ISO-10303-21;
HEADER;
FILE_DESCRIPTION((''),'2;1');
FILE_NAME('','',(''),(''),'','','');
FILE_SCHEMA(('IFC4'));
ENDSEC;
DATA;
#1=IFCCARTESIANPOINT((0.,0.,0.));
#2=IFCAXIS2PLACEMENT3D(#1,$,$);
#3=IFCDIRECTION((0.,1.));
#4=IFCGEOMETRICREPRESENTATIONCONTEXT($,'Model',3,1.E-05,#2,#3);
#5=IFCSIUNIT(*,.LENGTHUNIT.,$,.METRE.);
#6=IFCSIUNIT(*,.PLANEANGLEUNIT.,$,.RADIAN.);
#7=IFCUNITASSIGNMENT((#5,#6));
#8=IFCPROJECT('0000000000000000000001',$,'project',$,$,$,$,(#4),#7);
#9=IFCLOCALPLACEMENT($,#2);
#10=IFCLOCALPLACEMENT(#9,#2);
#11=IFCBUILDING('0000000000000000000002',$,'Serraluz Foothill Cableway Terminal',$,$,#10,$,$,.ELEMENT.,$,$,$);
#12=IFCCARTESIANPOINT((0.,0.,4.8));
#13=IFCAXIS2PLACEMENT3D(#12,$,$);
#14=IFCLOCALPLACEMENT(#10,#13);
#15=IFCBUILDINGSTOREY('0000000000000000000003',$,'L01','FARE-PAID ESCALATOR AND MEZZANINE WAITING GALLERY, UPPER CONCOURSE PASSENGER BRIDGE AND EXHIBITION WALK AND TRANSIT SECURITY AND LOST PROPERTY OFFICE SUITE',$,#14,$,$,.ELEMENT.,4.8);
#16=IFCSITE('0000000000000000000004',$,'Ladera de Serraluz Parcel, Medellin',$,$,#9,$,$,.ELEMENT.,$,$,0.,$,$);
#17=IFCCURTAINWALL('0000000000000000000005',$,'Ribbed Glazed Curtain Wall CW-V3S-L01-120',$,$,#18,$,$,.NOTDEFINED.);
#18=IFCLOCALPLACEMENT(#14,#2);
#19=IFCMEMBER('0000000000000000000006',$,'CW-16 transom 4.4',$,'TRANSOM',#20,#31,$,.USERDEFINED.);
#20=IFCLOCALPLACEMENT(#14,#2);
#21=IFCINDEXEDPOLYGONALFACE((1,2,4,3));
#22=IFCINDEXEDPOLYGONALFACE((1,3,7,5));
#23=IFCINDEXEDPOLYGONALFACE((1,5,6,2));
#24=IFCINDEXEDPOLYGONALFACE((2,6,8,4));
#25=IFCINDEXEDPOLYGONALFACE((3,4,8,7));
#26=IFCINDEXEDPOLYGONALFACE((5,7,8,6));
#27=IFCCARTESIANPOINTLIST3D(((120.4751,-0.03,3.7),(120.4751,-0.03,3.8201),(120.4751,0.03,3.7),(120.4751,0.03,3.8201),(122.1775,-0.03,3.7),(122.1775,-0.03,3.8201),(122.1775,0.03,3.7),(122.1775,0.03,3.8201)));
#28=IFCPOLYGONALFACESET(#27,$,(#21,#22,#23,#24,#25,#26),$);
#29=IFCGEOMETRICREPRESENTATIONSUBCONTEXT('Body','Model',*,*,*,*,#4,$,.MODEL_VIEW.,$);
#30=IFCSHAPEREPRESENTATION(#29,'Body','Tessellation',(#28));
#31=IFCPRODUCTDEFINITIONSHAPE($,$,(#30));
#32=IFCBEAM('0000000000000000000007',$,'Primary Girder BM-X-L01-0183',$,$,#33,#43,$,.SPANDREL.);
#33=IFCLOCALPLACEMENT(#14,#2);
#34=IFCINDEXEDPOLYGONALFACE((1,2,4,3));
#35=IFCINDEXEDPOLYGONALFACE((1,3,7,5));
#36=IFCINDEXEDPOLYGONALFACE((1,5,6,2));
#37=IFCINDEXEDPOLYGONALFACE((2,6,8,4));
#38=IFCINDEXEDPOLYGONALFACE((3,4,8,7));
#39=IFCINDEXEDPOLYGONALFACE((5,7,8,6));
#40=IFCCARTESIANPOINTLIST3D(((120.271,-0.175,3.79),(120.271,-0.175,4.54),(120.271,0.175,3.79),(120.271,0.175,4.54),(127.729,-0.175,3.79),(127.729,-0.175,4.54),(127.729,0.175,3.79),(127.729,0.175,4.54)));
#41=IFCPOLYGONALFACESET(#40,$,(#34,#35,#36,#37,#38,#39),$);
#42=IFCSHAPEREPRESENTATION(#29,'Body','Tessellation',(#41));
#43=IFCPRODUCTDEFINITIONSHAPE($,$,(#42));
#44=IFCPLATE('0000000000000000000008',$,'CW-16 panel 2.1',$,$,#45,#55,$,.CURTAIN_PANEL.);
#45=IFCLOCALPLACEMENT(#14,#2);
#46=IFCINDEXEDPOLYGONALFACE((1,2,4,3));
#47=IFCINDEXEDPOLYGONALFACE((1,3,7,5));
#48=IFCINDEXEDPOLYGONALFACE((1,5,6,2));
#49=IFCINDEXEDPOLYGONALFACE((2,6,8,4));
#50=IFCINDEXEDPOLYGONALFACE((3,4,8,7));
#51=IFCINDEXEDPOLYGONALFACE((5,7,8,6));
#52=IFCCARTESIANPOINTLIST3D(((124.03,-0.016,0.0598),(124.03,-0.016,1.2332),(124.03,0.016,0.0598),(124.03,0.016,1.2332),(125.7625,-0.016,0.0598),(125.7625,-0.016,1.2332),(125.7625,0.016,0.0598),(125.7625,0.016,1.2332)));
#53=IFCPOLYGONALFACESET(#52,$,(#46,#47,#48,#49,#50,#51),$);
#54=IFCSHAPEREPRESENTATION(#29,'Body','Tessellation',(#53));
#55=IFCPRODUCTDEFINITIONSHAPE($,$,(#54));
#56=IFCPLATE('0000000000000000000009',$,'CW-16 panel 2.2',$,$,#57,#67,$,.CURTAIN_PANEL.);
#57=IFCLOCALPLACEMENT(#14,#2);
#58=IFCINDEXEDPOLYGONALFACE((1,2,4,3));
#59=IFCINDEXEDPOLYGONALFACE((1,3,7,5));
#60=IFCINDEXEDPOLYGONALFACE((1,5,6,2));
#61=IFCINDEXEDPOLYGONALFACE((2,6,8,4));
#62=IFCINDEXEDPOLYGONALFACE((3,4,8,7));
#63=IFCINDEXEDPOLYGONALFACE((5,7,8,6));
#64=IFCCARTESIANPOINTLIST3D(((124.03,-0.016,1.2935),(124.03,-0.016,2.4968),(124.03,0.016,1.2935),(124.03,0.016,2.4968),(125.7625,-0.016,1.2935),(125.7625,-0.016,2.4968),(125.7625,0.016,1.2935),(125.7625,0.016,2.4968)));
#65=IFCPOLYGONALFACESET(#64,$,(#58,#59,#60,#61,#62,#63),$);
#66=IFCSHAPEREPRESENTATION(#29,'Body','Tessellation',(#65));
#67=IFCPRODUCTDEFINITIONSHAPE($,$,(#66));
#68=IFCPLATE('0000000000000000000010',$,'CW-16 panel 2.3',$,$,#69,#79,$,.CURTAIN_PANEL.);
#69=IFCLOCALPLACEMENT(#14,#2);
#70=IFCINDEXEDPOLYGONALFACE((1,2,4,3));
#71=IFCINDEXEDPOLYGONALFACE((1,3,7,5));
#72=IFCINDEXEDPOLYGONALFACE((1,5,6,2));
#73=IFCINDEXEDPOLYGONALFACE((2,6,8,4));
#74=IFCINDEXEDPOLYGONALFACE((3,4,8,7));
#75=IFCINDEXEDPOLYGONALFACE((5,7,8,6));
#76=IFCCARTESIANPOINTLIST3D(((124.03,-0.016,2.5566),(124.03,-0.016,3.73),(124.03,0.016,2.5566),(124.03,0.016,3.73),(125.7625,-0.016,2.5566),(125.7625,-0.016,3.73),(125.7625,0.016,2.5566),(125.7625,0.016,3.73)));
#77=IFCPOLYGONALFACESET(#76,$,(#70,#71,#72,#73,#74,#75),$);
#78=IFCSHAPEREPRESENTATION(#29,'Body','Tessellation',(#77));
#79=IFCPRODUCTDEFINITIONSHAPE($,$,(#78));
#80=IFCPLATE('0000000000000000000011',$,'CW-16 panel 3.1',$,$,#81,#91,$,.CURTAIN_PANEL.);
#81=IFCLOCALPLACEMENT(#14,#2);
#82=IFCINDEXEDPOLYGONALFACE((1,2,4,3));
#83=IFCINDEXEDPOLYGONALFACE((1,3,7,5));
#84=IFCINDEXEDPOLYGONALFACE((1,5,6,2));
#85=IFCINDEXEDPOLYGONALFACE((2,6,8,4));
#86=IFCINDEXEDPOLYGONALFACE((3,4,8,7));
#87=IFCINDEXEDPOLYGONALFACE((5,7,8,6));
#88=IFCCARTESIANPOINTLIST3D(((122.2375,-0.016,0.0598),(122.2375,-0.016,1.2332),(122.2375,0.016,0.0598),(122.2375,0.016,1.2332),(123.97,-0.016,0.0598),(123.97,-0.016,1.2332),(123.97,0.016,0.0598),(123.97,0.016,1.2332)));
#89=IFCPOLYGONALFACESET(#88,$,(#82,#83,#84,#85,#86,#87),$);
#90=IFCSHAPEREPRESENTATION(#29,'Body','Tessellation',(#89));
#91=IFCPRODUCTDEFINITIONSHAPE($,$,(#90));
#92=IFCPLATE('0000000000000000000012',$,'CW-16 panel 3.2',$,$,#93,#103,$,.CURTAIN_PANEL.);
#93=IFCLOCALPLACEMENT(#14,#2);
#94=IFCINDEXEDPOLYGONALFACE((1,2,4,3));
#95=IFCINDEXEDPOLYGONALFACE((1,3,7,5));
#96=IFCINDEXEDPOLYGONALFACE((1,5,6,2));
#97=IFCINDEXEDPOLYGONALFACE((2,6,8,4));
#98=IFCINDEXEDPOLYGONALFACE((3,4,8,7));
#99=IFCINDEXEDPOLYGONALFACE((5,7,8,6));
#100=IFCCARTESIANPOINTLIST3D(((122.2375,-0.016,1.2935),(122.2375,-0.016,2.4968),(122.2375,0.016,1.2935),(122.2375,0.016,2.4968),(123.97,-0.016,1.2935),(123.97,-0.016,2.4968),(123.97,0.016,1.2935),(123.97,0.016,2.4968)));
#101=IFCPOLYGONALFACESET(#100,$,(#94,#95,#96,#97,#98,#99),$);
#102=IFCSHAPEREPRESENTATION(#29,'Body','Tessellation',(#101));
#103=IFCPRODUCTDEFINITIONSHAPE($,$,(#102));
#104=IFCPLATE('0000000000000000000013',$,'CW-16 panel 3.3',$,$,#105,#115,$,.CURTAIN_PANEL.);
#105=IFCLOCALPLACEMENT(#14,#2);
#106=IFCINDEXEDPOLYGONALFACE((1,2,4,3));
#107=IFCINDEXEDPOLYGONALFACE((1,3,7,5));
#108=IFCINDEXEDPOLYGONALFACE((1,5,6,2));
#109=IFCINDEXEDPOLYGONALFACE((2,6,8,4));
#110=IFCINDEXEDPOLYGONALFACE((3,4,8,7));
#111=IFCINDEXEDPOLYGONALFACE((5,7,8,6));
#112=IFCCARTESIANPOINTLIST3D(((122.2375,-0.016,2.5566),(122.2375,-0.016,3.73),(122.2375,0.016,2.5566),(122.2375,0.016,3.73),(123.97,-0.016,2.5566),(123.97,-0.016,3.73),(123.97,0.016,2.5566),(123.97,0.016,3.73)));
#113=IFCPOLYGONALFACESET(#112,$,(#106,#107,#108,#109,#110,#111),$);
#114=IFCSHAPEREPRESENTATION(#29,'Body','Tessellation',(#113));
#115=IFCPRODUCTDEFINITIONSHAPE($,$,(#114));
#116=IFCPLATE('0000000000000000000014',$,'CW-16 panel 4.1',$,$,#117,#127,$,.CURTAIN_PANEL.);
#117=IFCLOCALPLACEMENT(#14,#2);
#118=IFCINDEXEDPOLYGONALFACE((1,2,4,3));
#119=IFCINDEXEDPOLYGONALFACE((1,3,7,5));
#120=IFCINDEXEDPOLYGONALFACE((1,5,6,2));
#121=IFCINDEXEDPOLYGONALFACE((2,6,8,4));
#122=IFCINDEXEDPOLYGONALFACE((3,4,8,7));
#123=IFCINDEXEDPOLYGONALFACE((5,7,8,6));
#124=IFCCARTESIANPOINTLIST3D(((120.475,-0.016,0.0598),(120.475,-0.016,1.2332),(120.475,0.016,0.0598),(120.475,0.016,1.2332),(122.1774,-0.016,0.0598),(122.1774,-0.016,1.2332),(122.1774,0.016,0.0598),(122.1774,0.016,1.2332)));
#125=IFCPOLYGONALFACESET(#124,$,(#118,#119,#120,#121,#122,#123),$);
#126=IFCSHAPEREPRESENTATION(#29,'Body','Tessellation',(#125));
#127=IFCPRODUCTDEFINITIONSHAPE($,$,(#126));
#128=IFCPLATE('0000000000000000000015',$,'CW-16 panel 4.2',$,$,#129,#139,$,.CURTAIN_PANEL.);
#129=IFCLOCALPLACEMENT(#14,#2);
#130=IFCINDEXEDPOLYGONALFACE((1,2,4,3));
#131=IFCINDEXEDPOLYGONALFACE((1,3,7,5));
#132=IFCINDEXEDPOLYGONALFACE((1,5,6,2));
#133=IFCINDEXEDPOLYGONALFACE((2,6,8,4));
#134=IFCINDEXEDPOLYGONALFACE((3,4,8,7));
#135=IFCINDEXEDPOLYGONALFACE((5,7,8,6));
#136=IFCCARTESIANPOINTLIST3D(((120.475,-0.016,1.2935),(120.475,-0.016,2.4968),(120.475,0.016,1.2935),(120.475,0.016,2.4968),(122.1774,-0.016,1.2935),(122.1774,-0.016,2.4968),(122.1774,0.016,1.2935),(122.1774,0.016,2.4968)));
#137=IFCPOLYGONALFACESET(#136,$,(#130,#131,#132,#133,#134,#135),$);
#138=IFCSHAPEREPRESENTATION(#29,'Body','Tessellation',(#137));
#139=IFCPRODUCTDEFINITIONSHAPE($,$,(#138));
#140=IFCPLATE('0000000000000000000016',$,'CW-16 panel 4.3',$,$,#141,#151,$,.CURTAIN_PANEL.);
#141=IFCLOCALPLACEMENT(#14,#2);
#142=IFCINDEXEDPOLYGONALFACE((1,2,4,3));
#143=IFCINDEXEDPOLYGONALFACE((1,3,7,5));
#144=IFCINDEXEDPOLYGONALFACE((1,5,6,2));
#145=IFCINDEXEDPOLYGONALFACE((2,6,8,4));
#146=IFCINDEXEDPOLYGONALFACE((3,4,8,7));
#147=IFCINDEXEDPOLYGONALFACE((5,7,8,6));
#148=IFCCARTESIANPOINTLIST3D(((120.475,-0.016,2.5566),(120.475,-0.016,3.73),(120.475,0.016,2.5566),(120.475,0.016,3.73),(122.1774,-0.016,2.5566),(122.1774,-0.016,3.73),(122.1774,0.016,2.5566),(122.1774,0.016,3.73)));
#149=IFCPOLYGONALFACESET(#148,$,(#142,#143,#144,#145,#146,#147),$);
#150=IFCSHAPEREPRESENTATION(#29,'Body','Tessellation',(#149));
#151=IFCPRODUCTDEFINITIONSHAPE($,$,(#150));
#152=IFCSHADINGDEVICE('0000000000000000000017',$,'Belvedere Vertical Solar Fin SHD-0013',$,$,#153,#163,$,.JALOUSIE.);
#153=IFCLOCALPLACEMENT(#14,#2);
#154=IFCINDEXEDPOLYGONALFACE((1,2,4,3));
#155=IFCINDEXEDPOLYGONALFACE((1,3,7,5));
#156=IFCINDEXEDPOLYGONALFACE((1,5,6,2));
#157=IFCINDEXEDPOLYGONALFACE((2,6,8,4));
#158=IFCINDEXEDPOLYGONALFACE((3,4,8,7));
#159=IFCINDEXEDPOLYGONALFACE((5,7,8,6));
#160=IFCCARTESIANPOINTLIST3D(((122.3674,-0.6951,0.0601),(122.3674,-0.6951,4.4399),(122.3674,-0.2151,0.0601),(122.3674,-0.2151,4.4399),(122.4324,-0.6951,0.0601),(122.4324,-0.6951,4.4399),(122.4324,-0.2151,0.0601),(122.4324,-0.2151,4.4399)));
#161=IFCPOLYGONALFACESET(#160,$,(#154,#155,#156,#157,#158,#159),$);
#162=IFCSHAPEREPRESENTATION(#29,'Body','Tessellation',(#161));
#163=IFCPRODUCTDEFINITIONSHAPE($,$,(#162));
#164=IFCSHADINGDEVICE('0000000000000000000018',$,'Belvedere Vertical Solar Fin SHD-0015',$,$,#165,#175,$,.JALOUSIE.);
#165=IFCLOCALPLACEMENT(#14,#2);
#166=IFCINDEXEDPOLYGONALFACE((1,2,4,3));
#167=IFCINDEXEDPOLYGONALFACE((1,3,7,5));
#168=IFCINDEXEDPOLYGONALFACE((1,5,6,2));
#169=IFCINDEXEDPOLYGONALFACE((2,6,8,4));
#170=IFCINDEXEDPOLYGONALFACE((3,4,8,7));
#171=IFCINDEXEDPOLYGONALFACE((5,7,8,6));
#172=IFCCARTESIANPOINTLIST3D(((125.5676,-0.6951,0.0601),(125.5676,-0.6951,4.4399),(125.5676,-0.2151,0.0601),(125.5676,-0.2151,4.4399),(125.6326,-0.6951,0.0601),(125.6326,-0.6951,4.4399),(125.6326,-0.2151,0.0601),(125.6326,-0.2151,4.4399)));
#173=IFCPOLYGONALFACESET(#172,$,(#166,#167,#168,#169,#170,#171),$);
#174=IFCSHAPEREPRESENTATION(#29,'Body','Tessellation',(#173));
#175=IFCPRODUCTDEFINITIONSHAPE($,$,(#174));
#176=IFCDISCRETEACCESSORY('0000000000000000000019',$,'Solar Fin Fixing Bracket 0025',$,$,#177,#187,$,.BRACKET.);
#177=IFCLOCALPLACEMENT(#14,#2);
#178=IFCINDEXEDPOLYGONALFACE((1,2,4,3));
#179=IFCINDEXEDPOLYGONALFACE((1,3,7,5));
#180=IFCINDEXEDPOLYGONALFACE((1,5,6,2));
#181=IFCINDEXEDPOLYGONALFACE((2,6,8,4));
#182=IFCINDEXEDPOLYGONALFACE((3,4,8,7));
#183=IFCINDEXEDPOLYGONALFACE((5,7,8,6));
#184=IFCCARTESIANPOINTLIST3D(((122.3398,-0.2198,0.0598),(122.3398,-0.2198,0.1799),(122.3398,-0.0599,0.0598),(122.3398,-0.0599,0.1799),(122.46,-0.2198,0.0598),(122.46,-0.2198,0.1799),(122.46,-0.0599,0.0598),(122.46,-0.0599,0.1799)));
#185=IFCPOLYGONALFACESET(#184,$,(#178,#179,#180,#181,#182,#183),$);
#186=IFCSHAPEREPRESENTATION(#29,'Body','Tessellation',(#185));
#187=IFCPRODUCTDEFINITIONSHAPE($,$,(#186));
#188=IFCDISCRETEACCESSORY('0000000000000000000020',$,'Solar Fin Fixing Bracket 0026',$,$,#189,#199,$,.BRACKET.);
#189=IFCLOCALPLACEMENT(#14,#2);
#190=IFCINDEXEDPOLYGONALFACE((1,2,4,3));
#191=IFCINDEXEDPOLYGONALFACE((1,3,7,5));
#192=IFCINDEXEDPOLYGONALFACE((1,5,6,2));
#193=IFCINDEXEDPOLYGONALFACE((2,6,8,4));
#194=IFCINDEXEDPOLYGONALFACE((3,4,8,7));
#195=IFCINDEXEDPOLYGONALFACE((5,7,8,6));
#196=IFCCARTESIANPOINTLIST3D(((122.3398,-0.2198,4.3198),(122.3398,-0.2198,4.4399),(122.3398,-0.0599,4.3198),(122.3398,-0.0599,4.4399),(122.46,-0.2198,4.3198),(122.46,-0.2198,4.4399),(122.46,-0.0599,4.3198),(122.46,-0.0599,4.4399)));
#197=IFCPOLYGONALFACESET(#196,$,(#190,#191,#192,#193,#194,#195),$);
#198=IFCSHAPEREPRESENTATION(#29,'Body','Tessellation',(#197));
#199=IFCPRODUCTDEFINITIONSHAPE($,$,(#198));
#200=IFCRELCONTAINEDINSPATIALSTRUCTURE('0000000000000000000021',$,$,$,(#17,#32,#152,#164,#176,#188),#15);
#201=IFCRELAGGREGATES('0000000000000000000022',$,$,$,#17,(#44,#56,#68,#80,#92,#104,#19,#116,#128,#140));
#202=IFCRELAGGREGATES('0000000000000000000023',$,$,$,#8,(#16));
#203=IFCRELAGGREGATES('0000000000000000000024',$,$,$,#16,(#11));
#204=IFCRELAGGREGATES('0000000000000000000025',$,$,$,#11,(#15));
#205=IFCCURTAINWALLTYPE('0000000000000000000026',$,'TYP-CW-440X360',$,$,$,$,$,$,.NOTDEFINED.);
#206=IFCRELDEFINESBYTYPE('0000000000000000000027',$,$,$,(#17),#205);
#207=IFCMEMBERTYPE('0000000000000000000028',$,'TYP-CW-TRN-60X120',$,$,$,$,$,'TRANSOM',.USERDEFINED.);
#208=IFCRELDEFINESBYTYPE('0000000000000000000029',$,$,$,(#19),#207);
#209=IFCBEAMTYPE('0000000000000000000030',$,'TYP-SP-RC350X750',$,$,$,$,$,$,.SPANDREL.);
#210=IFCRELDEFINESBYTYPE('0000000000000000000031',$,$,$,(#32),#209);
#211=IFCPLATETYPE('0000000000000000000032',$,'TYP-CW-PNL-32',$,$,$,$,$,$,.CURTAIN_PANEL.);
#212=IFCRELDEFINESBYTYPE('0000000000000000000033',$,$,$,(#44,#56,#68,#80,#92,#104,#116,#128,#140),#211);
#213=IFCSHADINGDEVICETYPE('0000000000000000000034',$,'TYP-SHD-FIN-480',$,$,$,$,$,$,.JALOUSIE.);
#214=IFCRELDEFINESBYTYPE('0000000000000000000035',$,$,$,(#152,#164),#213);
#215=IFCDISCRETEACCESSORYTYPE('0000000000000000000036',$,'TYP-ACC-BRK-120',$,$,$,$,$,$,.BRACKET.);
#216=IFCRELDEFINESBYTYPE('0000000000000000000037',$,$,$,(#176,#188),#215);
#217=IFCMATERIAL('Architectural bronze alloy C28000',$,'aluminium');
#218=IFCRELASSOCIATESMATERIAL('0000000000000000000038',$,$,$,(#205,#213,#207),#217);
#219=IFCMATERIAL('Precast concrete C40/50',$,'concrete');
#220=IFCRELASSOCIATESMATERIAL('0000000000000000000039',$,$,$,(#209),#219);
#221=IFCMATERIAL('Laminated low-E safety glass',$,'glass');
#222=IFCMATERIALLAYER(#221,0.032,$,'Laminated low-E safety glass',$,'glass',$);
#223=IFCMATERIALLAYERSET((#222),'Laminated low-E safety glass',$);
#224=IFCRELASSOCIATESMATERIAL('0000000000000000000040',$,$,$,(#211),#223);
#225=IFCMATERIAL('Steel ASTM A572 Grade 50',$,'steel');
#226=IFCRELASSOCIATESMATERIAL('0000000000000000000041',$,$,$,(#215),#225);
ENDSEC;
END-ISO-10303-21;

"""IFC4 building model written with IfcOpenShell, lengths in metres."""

from ifc_helpers import new_model, si_unit, direction, frame, origin, origin_2d, place, context, subcontext, project, spatial, rectangle, extrude, material, layer, layer_set, material_profile, profile_set, type_object, element, aggregate, save


model = new_model("IFC4")

# Units and contexts
model_context = context("Model", 3, precision=1e-05, world=origin(), true_north=direction((0.0, 1.0)))
body_context = subcontext(model_context, "Body", "Model", "MODEL_VIEW")
ifc_project = project(units=[si_unit("LENGTHUNIT", "METRE"), si_unit("PLANEANGLEUNIT", "RADIAN")], contexts=[model_context])

# Site, building, storey
site_placement = place(None, origin())
site = spatial("IfcSite", under=ifc_project, at=site_placement, Name="Ladera de Serraluz Parcel, Medellin", CompositionType="ELEMENT", RefElevation=0.0)
building_placement = place(site_placement, origin())
building = spatial("IfcBuilding", under=site, at=building_placement, Name="Serraluz Foothill Cableway Terminal", CompositionType="ELEMENT")
storey_placement = place(building_placement, frame((0.0, 0.0, 4.8)))
storey = spatial("IfcBuildingStorey", under=building, at=storey_placement, Name="L01", Description="FARE-PAID ESCALATOR AND MEZZANINE WAITING GALLERY, UPPER CONCOURSE PASSENGER BRIDGE AND EXHIBITION WALK AND TRANSIT SECURITY AND LOST PROPERTY OFFICE SUITE", CompositionType="ELEMENT", Elevation=4.8)

# Curtain wall, member
ifc_material_1 = material(Name="Architectural bronze alloy C28000", Category="aluminium")
curtain_wall_type = type_object("IfcCurtainWallType", Name="TYP-CW-440X360", PredefinedType="NOTDEFINED", material=ifc_material_1)
curtain_wall_placement = place(storey_placement, origin())
curtain_wall = element("IfcCurtainWall", 1, at=curtain_wall_placement, inside=storey, type_object=curtain_wall_type, Name="Ribbed Glazed Curtain Wall CW-V3S-L01-120", PredefinedType="NOTDEFINED")
ifc_material_profile_1 = material_profile(ifc_material_1, rectangle(XDim=0.0601, YDim=0.1201, at=origin_2d()), Name="ALU TRANSOM 60x120")
ifc_profile_set_1 = profile_set([ifc_material_profile_1], Name="Architectural bronze alloy C28000")
member_type_1 = type_object("IfcMemberType", Name="TYP-CW-TRN-60X120", ElementType="TRANSOM", PredefinedType="USERDEFINED", material=ifc_profile_set_1)
member_1_placement = place(storey_placement, frame((122.1775, 0.0, 3.76), z_axis=(-1.0, 0.0, 0.0), x_axis=(0.0, -1.0, 0.0)))
member_1 = element("IfcMember", 2, at=member_1_placement, type_object=member_type_1, Name="CW-16 transom 4.4", ObjectType="TRANSOM", PredefinedType="USERDEFINED", context=body_context, shape_type="SweptSolid", body=[
    extrude(rectangle(XDim=0.0601, YDim=0.1201, at=origin_2d()), origin(), (0.0, 0.0, 1.0), 1.7024),
])

# Beam
ifc_material_2 = material(Name="Precast concrete C40/50", Category="concrete")
ifc_material_profile_2 = material_profile(ifc_material_2, rectangle(XDim=0.3501, YDim=0.75, at=origin_2d()), Name="RC SP 350x750")
ifc_profile_set_2 = profile_set([ifc_material_profile_2], Name="Precast concrete C40/50")
beam_type = type_object("IfcBeamType", Name="TYP-SP-RC350X750", PredefinedType="SPANDREL", material=ifc_profile_set_2)
beam_placement = place(storey_placement, frame((120.271, 0.0, 4.165), z_axis=(1.0, 0.0, 0.0), x_axis=(0.0, 1.0, 0.0)))
element("IfcBeam", 3, at=beam_placement, inside=storey, type_object=beam_type, Name="Primary Girder BM-X-L01-0183", PredefinedType="SPANDREL", context=body_context, shape_type="SweptSolid", body=[
    extrude(rectangle(XDim=0.3501, YDim=0.75, at=origin_2d()), origin(), (0.0, 0.0, 1.0), 7.458),
])

# Plates
ifc_material_3 = material(Name="Laminated low-E safety glass", Category="glass")
ifc_layer = layer(ifc_material_3, 0.032, Name="Laminated low-E safety glass", Category="glass")
ifc_layer_set = layer_set([ifc_layer], Name="Laminated low-E safety glass")
plate_type = type_object("IfcPlateType", Name="TYP-CW-PNL-32", PredefinedType="CURTAIN_PANEL", material=ifc_layer_set)
plate_1_placement = place(storey_placement, frame((124.8962, 0.0, 0.0598), z_axis=(0.0, 0.0, 1.0), x_axis=(-1.0, 0.0, 0.0)))
plate_1 = element("IfcPlate", 4, at=plate_1_placement, type_object=plate_type, Name="CW-16 panel 2.1", PredefinedType="CURTAIN_PANEL", context=body_context, shape_type="SweptSolid", body=[
    extrude(rectangle(XDim=1.7324, YDim=0.032, at=origin_2d()), origin(), (0.0, 0.0, 1.0), 1.1733),
])
plate_2_placement = place(storey_placement, frame((124.8962, 0.0, 1.2935), z_axis=(0.0, 0.0, 1.0), x_axis=(-1.0, 0.0, 0.0)))
plate_2 = element("IfcPlate", 5, at=plate_2_placement, type_object=plate_type, Name="CW-16 panel 2.2", PredefinedType="CURTAIN_PANEL", context=body_context, shape_type="SweptSolid", body=[
    extrude(rectangle(XDim=1.7324, YDim=0.032, at=origin_2d()), origin(), (0.0, 0.0, 1.0), 1.2034),
])
plate_3_placement = place(storey_placement, frame((124.8962, 0.0, 2.5566), z_axis=(0.0, 0.0, 1.0), x_axis=(-1.0, 0.0, 0.0)))
plate_3 = element("IfcPlate", 6, at=plate_3_placement, type_object=plate_type, Name="CW-16 panel 2.3", PredefinedType="CURTAIN_PANEL", context=body_context, shape_type="SweptSolid", body=[
    extrude(rectangle(XDim=1.7324, YDim=0.032, at=origin_2d()), origin(), (0.0, 0.0, 1.0), 1.1733),
])
plate_4_placement = place(storey_placement, frame((123.1038, 0.0, 0.0598), z_axis=(0.0, 0.0, 1.0), x_axis=(-1.0, 0.0, 0.0)))
plate_4 = element("IfcPlate", 7, at=plate_4_placement, type_object=plate_type, Name="CW-16 panel 3.1", PredefinedType="CURTAIN_PANEL", context=body_context, shape_type="SweptSolid", body=[
    extrude(rectangle(XDim=1.7324, YDim=0.032, at=origin_2d()), origin(), (0.0, 0.0, 1.0), 1.1733),
])
plate_5_placement = place(storey_placement, frame((123.1038, 0.0, 1.2935), z_axis=(0.0, 0.0, 1.0), x_axis=(-1.0, 0.0, 0.0)))
plate_5 = element("IfcPlate", 8, at=plate_5_placement, type_object=plate_type, Name="CW-16 panel 3.2", PredefinedType="CURTAIN_PANEL", context=body_context, shape_type="SweptSolid", body=[
    extrude(rectangle(XDim=1.7324, YDim=0.032, at=origin_2d()), origin(), (0.0, 0.0, 1.0), 1.2034),
])
plate_6_placement = place(storey_placement, frame((123.1038, 0.0, 2.5566), z_axis=(0.0, 0.0, 1.0), x_axis=(-1.0, 0.0, 0.0)))
plate_6 = element("IfcPlate", 9, at=plate_6_placement, type_object=plate_type, Name="CW-16 panel 3.3", PredefinedType="CURTAIN_PANEL", context=body_context, shape_type="SweptSolid", body=[
    extrude(rectangle(XDim=1.7324, YDim=0.032, at=origin_2d()), origin(), (0.0, 0.0, 1.0), 1.1733),
])
plate_7_placement = place(storey_placement, frame((121.3262, 0.0, 0.0598), z_axis=(0.0, 0.0, 1.0), x_axis=(-1.0, 0.0, 0.0)))
plate_7 = element("IfcPlate", 10, at=plate_7_placement, type_object=plate_type, Name="CW-16 panel 4.1", PredefinedType="CURTAIN_PANEL", context=body_context, shape_type="SweptSolid", body=[
    extrude(rectangle(XDim=1.7024, YDim=0.032, at=origin_2d()), origin(), (0.0, 0.0, 1.0), 1.1733),
])
plate_8_placement = place(storey_placement, frame((121.3262, 0.0, 1.2935), z_axis=(0.0, 0.0, 1.0), x_axis=(-1.0, 0.0, 0.0)))
plate_8 = element("IfcPlate", 11, at=plate_8_placement, type_object=plate_type, Name="CW-16 panel 4.2", PredefinedType="CURTAIN_PANEL", context=body_context, shape_type="SweptSolid", body=[
    extrude(rectangle(XDim=1.7024, YDim=0.032, at=origin_2d()), origin(), (0.0, 0.0, 1.0), 1.2034),
])
plate_9_placement = place(storey_placement, frame((121.3262, 0.0, 2.5566), z_axis=(0.0, 0.0, 1.0), x_axis=(-1.0, 0.0, 0.0)))
plate_9 = element("IfcPlate", 12, at=plate_9_placement, type_object=plate_type, Name="CW-16 panel 4.3", PredefinedType="CURTAIN_PANEL", context=body_context, shape_type="SweptSolid", body=[
    extrude(rectangle(XDim=1.7024, YDim=0.032, at=origin_2d()), origin(), (0.0, 0.0, 1.0), 1.1733),
])
aggregate(curtain_wall, [plate_1, plate_2, plate_3, plate_4, plate_5, plate_6, member_1, plate_7, plate_8, plate_9])

# Shading devices
shading_device_type = type_object("IfcShadingDeviceType", Name="TYP-SHD-FIN-480", PredefinedType="JALOUSIE", material=ifc_material_1)
for number, where, z_axis, x_axis, name in (
    (13, (122.3999, -0.4551, 0.0601), (0.0, 0.0, 1.0), (1.0, 0.0, 0.0), "Belvedere Vertical Solar Fin SHD-0013"),
    (14, (125.6001, -0.4551, 0.0601), (0.0, 0.0, 1.0), (1.0, 0.0, 0.0), "Belvedere Vertical Solar Fin SHD-0015"),
):
    element("IfcShadingDevice", number, at=place(storey_placement, frame(where, z_axis=z_axis, x_axis=x_axis)), inside=storey, type_object=shading_device_type, Name=name, PredefinedType="JALOUSIE", context=body_context, shape_type="SweptSolid", body=[
        extrude(rectangle(XDim=0.0649, YDim=0.48, at=origin_2d()), origin(), (0.0, 0.0, 1.0), 4.3799),
    ])

# Discrete accessories
ifc_material_4 = material(Name="Steel ASTM A572 Grade 50", Category="steel")
discrete_accessory_type = type_object("IfcDiscreteAccessoryType", Name="TYP-ACC-BRK-120", PredefinedType="BRACKET", material=ifc_material_4)
for number, where, z_axis, x_axis, name in (
    (15, (122.3999, -0.1399, 0.0598), (0.0, 0.0, 1.0), (1.0, 0.0, 0.0), "Solar Fin Fixing Bracket 0025"),
    (16, (122.3999, -0.1399, 4.3198), (0.0, 0.0, 1.0), (1.0, 0.0, 0.0), "Solar Fin Fixing Bracket 0026"),
):
    element("IfcDiscreteAccessory", number, at=place(storey_placement, frame(where, z_axis=z_axis, x_axis=x_axis)), inside=storey, type_object=discrete_accessory_type, Name=name, PredefinedType="BRACKET", context=body_context, shape_type="SweptSolid", body=[
        extrude(rectangle(XDim=0.1201, YDim=0.1599, at=origin_2d()), origin(), (0.0, 0.0, 1.0), 0.1201),
    ])

save(model, "model.ifc")
